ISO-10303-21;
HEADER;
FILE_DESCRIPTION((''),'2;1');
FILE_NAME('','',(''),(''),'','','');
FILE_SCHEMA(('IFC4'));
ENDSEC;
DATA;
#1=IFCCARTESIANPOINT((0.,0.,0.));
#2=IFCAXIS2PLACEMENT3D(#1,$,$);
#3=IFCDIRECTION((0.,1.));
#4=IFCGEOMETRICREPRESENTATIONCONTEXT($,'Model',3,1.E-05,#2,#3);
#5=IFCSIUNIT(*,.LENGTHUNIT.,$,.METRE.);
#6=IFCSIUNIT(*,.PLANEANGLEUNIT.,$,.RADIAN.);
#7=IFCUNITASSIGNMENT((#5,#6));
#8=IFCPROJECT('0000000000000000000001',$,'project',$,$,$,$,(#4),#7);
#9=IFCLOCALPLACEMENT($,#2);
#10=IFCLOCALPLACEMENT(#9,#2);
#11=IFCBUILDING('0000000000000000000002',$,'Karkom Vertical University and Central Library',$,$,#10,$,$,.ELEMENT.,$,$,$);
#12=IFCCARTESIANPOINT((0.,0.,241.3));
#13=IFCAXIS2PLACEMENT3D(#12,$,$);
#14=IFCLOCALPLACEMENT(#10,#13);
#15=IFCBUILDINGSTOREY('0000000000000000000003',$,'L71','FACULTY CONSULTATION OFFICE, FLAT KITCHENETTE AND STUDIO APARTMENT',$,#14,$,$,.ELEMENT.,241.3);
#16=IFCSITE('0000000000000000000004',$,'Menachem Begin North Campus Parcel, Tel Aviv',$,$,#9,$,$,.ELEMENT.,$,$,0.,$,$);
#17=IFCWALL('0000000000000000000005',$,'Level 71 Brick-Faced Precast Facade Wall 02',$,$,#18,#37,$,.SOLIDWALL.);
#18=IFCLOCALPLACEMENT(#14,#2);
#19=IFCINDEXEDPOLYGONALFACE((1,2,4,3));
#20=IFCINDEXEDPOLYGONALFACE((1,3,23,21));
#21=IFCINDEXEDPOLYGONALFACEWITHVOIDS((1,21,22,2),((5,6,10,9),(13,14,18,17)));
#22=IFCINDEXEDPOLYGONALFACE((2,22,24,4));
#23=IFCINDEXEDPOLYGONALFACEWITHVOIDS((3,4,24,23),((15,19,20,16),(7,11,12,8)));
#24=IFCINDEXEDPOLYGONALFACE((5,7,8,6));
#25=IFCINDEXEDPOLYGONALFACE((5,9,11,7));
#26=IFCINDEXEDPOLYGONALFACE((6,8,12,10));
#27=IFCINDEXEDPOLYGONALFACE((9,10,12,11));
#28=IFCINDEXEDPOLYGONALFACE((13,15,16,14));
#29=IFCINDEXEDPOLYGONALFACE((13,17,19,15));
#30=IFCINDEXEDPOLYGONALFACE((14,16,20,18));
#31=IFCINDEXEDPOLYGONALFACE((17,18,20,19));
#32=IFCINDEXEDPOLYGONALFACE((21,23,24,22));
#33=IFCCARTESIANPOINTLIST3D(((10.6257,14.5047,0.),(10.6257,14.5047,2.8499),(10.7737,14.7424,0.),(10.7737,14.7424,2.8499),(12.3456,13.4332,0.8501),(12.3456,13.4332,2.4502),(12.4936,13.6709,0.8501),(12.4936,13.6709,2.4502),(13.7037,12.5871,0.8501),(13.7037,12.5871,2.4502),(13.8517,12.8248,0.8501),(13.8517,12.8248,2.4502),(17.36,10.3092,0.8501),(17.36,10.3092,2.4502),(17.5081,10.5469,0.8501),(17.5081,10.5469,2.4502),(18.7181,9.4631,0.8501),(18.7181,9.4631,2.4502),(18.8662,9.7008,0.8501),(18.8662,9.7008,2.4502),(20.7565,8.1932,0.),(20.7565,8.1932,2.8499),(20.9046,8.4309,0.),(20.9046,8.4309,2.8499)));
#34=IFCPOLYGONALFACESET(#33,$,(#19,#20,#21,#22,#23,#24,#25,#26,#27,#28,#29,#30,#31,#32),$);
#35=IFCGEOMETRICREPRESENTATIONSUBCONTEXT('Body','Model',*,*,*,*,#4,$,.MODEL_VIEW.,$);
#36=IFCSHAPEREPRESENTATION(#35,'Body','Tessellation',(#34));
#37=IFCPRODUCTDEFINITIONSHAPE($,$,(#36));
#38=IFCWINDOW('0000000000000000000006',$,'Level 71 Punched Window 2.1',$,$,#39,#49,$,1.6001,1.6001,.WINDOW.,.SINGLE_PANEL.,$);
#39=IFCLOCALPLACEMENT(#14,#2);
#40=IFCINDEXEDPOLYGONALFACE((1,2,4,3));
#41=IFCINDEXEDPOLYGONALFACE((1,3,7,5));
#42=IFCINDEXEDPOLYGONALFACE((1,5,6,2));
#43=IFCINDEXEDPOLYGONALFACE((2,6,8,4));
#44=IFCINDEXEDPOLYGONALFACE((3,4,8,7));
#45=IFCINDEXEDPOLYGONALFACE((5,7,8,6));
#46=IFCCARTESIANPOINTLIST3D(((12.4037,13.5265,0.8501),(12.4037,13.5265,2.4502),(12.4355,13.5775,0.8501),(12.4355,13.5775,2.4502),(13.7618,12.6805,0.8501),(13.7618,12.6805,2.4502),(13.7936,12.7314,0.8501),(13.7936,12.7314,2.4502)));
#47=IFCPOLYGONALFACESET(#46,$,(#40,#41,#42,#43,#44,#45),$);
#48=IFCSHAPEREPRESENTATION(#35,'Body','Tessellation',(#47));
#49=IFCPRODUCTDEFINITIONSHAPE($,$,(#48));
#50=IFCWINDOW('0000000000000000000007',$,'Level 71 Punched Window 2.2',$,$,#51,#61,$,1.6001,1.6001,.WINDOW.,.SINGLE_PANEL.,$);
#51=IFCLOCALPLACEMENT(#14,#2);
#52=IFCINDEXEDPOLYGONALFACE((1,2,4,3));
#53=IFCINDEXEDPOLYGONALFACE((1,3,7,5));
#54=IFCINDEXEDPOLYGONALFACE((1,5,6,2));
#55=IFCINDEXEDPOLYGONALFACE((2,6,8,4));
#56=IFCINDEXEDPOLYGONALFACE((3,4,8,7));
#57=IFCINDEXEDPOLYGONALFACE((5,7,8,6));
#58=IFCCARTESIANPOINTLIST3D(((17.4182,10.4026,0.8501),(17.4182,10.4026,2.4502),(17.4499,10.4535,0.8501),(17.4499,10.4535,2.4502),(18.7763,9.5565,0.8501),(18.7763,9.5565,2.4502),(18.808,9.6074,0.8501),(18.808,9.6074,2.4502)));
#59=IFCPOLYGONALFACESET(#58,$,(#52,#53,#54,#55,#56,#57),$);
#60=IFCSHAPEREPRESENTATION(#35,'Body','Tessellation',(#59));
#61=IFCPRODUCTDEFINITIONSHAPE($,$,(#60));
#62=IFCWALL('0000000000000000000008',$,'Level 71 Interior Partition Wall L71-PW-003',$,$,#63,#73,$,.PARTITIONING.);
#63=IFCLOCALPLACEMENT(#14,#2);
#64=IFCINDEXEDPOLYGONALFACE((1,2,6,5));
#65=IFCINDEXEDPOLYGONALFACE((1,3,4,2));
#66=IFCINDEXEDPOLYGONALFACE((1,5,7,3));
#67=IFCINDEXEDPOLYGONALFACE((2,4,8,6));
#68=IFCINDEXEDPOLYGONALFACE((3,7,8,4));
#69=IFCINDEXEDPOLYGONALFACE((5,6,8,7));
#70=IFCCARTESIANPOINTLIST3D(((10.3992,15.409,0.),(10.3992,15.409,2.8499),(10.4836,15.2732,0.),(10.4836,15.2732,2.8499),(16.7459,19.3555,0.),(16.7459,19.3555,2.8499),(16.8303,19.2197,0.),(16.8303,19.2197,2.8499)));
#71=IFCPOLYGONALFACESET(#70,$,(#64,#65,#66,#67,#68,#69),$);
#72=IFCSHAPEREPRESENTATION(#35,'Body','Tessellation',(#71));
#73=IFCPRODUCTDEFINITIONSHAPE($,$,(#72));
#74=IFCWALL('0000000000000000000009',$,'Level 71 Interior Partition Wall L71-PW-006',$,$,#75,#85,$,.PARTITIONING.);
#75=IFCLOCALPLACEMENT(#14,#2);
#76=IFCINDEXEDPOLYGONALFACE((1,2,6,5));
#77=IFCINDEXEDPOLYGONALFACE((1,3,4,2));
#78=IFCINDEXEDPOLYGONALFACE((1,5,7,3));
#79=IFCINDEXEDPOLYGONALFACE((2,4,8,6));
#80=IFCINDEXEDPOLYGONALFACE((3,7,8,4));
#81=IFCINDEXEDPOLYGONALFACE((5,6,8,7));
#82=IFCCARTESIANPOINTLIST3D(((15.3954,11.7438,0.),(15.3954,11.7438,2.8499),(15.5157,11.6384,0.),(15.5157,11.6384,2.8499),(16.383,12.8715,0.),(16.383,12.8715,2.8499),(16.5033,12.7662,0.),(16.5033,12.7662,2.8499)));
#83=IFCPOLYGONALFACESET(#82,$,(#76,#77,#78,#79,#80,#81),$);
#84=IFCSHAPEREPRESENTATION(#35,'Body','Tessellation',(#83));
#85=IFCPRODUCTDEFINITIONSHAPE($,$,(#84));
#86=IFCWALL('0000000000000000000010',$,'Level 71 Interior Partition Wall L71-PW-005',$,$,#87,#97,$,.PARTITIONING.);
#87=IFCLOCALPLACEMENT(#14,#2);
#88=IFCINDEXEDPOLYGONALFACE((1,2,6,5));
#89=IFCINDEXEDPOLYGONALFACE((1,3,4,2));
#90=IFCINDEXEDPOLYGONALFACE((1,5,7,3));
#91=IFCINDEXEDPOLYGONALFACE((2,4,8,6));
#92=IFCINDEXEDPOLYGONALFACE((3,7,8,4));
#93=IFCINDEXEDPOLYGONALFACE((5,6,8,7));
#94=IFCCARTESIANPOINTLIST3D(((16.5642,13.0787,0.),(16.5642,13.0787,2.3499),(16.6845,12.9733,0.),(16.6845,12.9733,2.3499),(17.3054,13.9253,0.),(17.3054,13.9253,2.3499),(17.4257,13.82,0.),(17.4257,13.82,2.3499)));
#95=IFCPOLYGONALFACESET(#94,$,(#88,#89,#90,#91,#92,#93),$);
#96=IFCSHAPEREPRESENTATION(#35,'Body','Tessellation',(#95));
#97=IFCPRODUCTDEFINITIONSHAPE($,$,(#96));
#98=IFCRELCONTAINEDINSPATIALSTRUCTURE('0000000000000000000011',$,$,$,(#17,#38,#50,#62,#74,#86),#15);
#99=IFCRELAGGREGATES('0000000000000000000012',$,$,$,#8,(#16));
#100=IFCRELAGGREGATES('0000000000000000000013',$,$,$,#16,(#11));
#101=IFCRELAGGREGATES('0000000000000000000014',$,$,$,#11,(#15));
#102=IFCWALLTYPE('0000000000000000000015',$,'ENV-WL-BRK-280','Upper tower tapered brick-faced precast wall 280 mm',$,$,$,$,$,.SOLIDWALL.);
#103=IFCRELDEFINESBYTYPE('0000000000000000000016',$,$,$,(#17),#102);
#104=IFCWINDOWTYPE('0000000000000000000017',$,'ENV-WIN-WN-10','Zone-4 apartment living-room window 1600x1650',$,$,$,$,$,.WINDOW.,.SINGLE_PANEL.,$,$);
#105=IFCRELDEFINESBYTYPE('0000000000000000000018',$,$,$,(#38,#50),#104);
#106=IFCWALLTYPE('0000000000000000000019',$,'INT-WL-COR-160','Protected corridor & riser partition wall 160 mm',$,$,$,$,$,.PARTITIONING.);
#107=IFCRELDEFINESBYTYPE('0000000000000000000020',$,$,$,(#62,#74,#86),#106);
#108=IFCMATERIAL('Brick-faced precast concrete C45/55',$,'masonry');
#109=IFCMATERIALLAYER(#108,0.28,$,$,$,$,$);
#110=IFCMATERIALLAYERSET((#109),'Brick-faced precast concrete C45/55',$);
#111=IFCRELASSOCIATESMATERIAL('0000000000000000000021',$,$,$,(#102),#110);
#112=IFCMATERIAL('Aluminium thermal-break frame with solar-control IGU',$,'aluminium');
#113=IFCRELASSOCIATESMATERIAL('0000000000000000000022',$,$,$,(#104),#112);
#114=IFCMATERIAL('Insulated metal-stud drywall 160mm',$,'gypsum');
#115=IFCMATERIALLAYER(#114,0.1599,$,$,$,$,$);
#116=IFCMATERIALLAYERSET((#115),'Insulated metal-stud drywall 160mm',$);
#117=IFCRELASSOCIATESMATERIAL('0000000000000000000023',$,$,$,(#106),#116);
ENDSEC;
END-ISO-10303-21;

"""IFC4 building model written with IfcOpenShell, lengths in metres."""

from ifc_helpers import new_model, si_unit, direction, frame, frame_2d, origin, origin_with_axes, place, context, subcontext, project, spatial, rectangle, extrude, source, transform, mapped, material, layer, layer_set, type_object, element, fill, save


model = new_model("IFC4")

# Units and contexts
model_context = context("Model", 3, precision=1e-05, world=origin(), true_north=direction((0.0, 1.0)))
body_context = subcontext(model_context, "Body", "Model", "MODEL_VIEW")
ifc_project = project(units=[si_unit("LENGTHUNIT", "METRE"), si_unit("PLANEANGLEUNIT", "RADIAN")], contexts=[model_context])

# Site, building, storey
site_placement = place(None, origin())
site = spatial("IfcSite", under=ifc_project, at=site_placement, Name="Menachem Begin North Campus Parcel, Tel Aviv", CompositionType="ELEMENT", RefElevation=0.0)
building_placement = place(site_placement, origin())
building = spatial("IfcBuilding", under=site, at=building_placement, Name="Karkom Vertical University and Central Library", CompositionType="ELEMENT")
storey_placement = place(building_placement, frame((0.0, 0.0, 241.3)))
storey = spatial("IfcBuildingStorey", under=building, at=storey_placement, Name="L71", Description="FACULTY CONSULTATION OFFICE, FLAT KITCHENETTE AND STUDIO APARTMENT", CompositionType="ELEMENT", Elevation=241.3)

# Wall, openings, windows
ifc_material_1 = material(Name="Brick-faced precast concrete C45/55", Category="masonry")
ifc_layer_1 = layer(ifc_material_1, 0.28)
ifc_layer_set_1 = layer_set([ifc_layer_1], Name="Brick-faced precast concrete C45/55")
wall_type_1 = type_object("IfcWallType", Name="ENV-WL-BRK-280", Description="Upper tower tapered brick-faced precast wall 280 mm", PredefinedType="SOLIDWALL", material=ifc_layer_set_1)
ifc_material_2 = material(Name="Aluminium thermal-break frame with solar-control IGU", Category="aluminium")
window_type = type_object("IfcWindowType", Name="ENV-WIN-WN-10", Description="Zone-4 apartment living-room window 1600x1650", PartitioningType="SINGLE_PANEL", PredefinedType="WINDOW", material=ifc_material_2)
shared_shape_1 = source(origin_with_axes(), body_context, "Body", "SweptSolid", [
    extrude(rectangle(XDim=1.6001, YDim=1.6001, at=frame_2d((0.8, 0.8))), frame((0.0, 0.03, 0.0), z_axis=(0.0, -1.0, 0.0), x_axis=(1.0, 0.0, 0.0)), (0.0, 0.0, 1.0), 0.0601),
])
wall_1_placement = place(storey_placement, frame((10.6997, 14.6235, 0.0), z_axis=(0.0, 0.0, 1.0), x_axis=(0.84876, -0.528778, 0.0)))
wall_1 = element("IfcWall", 1, at=wall_1_placement, inside=storey, type_object=wall_type_1, Name="Level 71 Brick-Faced Precast Facade Wall 02", PredefinedType="SOLIDWALL", context=body_context, shape_type="SweptSolid", body=[
    extrude(rectangle(XDim=11.936, YDim=0.28, at=frame_2d((5.968, 0.0))), origin(), (0.0, 0.0, 1.0), 2.8499),
])
opening_1_placement = place(wall_1_placement, frame((2.0264, 0.0, 0.8501)))
opening_1 = element("IfcOpeningElement", 2, at=opening_1_placement, cuts=wall_1, PredefinedType="OPENING", context=body_context, shape_type="SweptSolid", body=[
    extrude(rectangle(XDim=1.6001, YDim=1.6001, at=frame_2d((0.8, 0.8))), frame((0.0, 0.1499, 0.0), z_axis=(0.0, -1.0, 0.0), x_axis=(1.0, 0.0, 0.0)), (0.0, 0.0, 1.0), 0.3),
])
opening_2_placement = place(wall_1_placement, frame((7.9343, 0.0, 0.8501)))
opening_2 = element("IfcOpeningElement", 3, at=opening_2_placement, cuts=wall_1, PredefinedType="OPENING", context=body_context, shape_type="SweptSolid", body=[
    extrude(rectangle(XDim=1.6001, YDim=1.6001, at=frame_2d((0.8, 0.8))), frame((0.0, 0.1499, 0.0), z_axis=(0.0, -1.0, 0.0), x_axis=(1.0, 0.0, 0.0)), (0.0, 0.0, 1.0), 0.3),
])
window_1_placement = place(opening_1_placement, origin())
window_1 = element("IfcWindow", 4, at=window_1_placement, inside=storey, type_object=window_type, Name="Level 71 Punched Window 2.1", OverallHeight=1.6001, OverallWidth=1.6001, PartitioningType="SINGLE_PANEL", PredefinedType="WINDOW", context=body_context, shape_type="MappedRepresentation", body=[
    mapped(shared_shape_1, transform((0.0, 0.0, 0.0), scale=1.0)),
])
fill(opening_1, window_1)
window_2_placement = place(opening_2_placement, origin())
window_2 = element("IfcWindow", 5, at=window_2_placement, inside=storey, type_object=window_type, Name="Level 71 Punched Window 2.2", OverallHeight=1.6001, OverallWidth=1.6001, PartitioningType="SINGLE_PANEL", PredefinedType="WINDOW", context=body_context, shape_type="MappedRepresentation", body=[
    mapped(shared_shape_1, transform((0.0, 0.0, 0.0), scale=1.0)),
])
fill(opening_2, window_2)

# Shared definitions
ifc_material_3 = material(Name="Insulated metal-stud drywall 160mm", Category="gypsum")
ifc_layer_2 = layer(ifc_material_3, 0.1599)
ifc_layer_set_2 = layer_set([ifc_layer_2], Name="Insulated metal-stud drywall 160mm")
wall_type_2 = type_object("IfcWallType", Name="INT-WL-COR-160", Description="Protected corridor & riser partition wall 160 mm", PredefinedType="PARTITIONING", material=ifc_layer_set_2)

# Walls
wall_2_placement = place(storey_placement, frame((16.7881, 19.2876, 0.0), z_axis=(0.0, 0.0, 1.0), x_axis=(-0.849207, -0.52806, 0.0)))
element("IfcWall", 6, at=wall_2_placement, inside=storey, type_object=wall_type_2, Name="Level 71 Interior Partition Wall L71-PW-003", PredefinedType="PARTITIONING", context=body_context, shape_type="SweptSolid", body=[
    extrude(rectangle(XDim=7.4736, YDim=0.1599, at=frame_2d((3.7368, 0.0))), origin(), (0.0, 0.0, 1.0), 2.8499),
])
wall_3_placement = place(storey_placement, frame((16.4431, 12.8188, 0.0), z_axis=(0.0, 0.0, 1.0), x_axis=(-0.658816, -0.752304, 0.0)))
element("IfcWall", 7, at=wall_3_placement, inside=storey, type_object=wall_type_2, Name="Level 71 Interior Partition Wall L71-PW-006", PredefinedType="PARTITIONING", context=body_context, shape_type="SweptSolid", body=[
    extrude(rectangle(XDim=1.499, YDim=0.1599, at=frame_2d((0.7495, 0.0))), origin(), (0.0, 0.0, 1.0), 2.8499),
])
wall_4_placement = place(storey_placement, frame((17.3655, 13.8726, 0.0), z_axis=(0.0, 0.0, 1.0), x_axis=(-0.658689, -0.752415, 0.0)))
element("IfcWall", 8, at=wall_4_placement, inside=storey, type_object=wall_type_2, Name="Level 71 Interior Partition Wall L71-PW-005", PredefinedType="PARTITIONING", context=body_context, shape_type="SweptSolid", body=[
    extrude(rectangle(XDim=1.1252, YDim=0.1599, at=frame_2d((0.5625, 0.0))), origin(), (0.0, 0.0, 1.0), 2.3499),
])

save(model, "model.ifc")
